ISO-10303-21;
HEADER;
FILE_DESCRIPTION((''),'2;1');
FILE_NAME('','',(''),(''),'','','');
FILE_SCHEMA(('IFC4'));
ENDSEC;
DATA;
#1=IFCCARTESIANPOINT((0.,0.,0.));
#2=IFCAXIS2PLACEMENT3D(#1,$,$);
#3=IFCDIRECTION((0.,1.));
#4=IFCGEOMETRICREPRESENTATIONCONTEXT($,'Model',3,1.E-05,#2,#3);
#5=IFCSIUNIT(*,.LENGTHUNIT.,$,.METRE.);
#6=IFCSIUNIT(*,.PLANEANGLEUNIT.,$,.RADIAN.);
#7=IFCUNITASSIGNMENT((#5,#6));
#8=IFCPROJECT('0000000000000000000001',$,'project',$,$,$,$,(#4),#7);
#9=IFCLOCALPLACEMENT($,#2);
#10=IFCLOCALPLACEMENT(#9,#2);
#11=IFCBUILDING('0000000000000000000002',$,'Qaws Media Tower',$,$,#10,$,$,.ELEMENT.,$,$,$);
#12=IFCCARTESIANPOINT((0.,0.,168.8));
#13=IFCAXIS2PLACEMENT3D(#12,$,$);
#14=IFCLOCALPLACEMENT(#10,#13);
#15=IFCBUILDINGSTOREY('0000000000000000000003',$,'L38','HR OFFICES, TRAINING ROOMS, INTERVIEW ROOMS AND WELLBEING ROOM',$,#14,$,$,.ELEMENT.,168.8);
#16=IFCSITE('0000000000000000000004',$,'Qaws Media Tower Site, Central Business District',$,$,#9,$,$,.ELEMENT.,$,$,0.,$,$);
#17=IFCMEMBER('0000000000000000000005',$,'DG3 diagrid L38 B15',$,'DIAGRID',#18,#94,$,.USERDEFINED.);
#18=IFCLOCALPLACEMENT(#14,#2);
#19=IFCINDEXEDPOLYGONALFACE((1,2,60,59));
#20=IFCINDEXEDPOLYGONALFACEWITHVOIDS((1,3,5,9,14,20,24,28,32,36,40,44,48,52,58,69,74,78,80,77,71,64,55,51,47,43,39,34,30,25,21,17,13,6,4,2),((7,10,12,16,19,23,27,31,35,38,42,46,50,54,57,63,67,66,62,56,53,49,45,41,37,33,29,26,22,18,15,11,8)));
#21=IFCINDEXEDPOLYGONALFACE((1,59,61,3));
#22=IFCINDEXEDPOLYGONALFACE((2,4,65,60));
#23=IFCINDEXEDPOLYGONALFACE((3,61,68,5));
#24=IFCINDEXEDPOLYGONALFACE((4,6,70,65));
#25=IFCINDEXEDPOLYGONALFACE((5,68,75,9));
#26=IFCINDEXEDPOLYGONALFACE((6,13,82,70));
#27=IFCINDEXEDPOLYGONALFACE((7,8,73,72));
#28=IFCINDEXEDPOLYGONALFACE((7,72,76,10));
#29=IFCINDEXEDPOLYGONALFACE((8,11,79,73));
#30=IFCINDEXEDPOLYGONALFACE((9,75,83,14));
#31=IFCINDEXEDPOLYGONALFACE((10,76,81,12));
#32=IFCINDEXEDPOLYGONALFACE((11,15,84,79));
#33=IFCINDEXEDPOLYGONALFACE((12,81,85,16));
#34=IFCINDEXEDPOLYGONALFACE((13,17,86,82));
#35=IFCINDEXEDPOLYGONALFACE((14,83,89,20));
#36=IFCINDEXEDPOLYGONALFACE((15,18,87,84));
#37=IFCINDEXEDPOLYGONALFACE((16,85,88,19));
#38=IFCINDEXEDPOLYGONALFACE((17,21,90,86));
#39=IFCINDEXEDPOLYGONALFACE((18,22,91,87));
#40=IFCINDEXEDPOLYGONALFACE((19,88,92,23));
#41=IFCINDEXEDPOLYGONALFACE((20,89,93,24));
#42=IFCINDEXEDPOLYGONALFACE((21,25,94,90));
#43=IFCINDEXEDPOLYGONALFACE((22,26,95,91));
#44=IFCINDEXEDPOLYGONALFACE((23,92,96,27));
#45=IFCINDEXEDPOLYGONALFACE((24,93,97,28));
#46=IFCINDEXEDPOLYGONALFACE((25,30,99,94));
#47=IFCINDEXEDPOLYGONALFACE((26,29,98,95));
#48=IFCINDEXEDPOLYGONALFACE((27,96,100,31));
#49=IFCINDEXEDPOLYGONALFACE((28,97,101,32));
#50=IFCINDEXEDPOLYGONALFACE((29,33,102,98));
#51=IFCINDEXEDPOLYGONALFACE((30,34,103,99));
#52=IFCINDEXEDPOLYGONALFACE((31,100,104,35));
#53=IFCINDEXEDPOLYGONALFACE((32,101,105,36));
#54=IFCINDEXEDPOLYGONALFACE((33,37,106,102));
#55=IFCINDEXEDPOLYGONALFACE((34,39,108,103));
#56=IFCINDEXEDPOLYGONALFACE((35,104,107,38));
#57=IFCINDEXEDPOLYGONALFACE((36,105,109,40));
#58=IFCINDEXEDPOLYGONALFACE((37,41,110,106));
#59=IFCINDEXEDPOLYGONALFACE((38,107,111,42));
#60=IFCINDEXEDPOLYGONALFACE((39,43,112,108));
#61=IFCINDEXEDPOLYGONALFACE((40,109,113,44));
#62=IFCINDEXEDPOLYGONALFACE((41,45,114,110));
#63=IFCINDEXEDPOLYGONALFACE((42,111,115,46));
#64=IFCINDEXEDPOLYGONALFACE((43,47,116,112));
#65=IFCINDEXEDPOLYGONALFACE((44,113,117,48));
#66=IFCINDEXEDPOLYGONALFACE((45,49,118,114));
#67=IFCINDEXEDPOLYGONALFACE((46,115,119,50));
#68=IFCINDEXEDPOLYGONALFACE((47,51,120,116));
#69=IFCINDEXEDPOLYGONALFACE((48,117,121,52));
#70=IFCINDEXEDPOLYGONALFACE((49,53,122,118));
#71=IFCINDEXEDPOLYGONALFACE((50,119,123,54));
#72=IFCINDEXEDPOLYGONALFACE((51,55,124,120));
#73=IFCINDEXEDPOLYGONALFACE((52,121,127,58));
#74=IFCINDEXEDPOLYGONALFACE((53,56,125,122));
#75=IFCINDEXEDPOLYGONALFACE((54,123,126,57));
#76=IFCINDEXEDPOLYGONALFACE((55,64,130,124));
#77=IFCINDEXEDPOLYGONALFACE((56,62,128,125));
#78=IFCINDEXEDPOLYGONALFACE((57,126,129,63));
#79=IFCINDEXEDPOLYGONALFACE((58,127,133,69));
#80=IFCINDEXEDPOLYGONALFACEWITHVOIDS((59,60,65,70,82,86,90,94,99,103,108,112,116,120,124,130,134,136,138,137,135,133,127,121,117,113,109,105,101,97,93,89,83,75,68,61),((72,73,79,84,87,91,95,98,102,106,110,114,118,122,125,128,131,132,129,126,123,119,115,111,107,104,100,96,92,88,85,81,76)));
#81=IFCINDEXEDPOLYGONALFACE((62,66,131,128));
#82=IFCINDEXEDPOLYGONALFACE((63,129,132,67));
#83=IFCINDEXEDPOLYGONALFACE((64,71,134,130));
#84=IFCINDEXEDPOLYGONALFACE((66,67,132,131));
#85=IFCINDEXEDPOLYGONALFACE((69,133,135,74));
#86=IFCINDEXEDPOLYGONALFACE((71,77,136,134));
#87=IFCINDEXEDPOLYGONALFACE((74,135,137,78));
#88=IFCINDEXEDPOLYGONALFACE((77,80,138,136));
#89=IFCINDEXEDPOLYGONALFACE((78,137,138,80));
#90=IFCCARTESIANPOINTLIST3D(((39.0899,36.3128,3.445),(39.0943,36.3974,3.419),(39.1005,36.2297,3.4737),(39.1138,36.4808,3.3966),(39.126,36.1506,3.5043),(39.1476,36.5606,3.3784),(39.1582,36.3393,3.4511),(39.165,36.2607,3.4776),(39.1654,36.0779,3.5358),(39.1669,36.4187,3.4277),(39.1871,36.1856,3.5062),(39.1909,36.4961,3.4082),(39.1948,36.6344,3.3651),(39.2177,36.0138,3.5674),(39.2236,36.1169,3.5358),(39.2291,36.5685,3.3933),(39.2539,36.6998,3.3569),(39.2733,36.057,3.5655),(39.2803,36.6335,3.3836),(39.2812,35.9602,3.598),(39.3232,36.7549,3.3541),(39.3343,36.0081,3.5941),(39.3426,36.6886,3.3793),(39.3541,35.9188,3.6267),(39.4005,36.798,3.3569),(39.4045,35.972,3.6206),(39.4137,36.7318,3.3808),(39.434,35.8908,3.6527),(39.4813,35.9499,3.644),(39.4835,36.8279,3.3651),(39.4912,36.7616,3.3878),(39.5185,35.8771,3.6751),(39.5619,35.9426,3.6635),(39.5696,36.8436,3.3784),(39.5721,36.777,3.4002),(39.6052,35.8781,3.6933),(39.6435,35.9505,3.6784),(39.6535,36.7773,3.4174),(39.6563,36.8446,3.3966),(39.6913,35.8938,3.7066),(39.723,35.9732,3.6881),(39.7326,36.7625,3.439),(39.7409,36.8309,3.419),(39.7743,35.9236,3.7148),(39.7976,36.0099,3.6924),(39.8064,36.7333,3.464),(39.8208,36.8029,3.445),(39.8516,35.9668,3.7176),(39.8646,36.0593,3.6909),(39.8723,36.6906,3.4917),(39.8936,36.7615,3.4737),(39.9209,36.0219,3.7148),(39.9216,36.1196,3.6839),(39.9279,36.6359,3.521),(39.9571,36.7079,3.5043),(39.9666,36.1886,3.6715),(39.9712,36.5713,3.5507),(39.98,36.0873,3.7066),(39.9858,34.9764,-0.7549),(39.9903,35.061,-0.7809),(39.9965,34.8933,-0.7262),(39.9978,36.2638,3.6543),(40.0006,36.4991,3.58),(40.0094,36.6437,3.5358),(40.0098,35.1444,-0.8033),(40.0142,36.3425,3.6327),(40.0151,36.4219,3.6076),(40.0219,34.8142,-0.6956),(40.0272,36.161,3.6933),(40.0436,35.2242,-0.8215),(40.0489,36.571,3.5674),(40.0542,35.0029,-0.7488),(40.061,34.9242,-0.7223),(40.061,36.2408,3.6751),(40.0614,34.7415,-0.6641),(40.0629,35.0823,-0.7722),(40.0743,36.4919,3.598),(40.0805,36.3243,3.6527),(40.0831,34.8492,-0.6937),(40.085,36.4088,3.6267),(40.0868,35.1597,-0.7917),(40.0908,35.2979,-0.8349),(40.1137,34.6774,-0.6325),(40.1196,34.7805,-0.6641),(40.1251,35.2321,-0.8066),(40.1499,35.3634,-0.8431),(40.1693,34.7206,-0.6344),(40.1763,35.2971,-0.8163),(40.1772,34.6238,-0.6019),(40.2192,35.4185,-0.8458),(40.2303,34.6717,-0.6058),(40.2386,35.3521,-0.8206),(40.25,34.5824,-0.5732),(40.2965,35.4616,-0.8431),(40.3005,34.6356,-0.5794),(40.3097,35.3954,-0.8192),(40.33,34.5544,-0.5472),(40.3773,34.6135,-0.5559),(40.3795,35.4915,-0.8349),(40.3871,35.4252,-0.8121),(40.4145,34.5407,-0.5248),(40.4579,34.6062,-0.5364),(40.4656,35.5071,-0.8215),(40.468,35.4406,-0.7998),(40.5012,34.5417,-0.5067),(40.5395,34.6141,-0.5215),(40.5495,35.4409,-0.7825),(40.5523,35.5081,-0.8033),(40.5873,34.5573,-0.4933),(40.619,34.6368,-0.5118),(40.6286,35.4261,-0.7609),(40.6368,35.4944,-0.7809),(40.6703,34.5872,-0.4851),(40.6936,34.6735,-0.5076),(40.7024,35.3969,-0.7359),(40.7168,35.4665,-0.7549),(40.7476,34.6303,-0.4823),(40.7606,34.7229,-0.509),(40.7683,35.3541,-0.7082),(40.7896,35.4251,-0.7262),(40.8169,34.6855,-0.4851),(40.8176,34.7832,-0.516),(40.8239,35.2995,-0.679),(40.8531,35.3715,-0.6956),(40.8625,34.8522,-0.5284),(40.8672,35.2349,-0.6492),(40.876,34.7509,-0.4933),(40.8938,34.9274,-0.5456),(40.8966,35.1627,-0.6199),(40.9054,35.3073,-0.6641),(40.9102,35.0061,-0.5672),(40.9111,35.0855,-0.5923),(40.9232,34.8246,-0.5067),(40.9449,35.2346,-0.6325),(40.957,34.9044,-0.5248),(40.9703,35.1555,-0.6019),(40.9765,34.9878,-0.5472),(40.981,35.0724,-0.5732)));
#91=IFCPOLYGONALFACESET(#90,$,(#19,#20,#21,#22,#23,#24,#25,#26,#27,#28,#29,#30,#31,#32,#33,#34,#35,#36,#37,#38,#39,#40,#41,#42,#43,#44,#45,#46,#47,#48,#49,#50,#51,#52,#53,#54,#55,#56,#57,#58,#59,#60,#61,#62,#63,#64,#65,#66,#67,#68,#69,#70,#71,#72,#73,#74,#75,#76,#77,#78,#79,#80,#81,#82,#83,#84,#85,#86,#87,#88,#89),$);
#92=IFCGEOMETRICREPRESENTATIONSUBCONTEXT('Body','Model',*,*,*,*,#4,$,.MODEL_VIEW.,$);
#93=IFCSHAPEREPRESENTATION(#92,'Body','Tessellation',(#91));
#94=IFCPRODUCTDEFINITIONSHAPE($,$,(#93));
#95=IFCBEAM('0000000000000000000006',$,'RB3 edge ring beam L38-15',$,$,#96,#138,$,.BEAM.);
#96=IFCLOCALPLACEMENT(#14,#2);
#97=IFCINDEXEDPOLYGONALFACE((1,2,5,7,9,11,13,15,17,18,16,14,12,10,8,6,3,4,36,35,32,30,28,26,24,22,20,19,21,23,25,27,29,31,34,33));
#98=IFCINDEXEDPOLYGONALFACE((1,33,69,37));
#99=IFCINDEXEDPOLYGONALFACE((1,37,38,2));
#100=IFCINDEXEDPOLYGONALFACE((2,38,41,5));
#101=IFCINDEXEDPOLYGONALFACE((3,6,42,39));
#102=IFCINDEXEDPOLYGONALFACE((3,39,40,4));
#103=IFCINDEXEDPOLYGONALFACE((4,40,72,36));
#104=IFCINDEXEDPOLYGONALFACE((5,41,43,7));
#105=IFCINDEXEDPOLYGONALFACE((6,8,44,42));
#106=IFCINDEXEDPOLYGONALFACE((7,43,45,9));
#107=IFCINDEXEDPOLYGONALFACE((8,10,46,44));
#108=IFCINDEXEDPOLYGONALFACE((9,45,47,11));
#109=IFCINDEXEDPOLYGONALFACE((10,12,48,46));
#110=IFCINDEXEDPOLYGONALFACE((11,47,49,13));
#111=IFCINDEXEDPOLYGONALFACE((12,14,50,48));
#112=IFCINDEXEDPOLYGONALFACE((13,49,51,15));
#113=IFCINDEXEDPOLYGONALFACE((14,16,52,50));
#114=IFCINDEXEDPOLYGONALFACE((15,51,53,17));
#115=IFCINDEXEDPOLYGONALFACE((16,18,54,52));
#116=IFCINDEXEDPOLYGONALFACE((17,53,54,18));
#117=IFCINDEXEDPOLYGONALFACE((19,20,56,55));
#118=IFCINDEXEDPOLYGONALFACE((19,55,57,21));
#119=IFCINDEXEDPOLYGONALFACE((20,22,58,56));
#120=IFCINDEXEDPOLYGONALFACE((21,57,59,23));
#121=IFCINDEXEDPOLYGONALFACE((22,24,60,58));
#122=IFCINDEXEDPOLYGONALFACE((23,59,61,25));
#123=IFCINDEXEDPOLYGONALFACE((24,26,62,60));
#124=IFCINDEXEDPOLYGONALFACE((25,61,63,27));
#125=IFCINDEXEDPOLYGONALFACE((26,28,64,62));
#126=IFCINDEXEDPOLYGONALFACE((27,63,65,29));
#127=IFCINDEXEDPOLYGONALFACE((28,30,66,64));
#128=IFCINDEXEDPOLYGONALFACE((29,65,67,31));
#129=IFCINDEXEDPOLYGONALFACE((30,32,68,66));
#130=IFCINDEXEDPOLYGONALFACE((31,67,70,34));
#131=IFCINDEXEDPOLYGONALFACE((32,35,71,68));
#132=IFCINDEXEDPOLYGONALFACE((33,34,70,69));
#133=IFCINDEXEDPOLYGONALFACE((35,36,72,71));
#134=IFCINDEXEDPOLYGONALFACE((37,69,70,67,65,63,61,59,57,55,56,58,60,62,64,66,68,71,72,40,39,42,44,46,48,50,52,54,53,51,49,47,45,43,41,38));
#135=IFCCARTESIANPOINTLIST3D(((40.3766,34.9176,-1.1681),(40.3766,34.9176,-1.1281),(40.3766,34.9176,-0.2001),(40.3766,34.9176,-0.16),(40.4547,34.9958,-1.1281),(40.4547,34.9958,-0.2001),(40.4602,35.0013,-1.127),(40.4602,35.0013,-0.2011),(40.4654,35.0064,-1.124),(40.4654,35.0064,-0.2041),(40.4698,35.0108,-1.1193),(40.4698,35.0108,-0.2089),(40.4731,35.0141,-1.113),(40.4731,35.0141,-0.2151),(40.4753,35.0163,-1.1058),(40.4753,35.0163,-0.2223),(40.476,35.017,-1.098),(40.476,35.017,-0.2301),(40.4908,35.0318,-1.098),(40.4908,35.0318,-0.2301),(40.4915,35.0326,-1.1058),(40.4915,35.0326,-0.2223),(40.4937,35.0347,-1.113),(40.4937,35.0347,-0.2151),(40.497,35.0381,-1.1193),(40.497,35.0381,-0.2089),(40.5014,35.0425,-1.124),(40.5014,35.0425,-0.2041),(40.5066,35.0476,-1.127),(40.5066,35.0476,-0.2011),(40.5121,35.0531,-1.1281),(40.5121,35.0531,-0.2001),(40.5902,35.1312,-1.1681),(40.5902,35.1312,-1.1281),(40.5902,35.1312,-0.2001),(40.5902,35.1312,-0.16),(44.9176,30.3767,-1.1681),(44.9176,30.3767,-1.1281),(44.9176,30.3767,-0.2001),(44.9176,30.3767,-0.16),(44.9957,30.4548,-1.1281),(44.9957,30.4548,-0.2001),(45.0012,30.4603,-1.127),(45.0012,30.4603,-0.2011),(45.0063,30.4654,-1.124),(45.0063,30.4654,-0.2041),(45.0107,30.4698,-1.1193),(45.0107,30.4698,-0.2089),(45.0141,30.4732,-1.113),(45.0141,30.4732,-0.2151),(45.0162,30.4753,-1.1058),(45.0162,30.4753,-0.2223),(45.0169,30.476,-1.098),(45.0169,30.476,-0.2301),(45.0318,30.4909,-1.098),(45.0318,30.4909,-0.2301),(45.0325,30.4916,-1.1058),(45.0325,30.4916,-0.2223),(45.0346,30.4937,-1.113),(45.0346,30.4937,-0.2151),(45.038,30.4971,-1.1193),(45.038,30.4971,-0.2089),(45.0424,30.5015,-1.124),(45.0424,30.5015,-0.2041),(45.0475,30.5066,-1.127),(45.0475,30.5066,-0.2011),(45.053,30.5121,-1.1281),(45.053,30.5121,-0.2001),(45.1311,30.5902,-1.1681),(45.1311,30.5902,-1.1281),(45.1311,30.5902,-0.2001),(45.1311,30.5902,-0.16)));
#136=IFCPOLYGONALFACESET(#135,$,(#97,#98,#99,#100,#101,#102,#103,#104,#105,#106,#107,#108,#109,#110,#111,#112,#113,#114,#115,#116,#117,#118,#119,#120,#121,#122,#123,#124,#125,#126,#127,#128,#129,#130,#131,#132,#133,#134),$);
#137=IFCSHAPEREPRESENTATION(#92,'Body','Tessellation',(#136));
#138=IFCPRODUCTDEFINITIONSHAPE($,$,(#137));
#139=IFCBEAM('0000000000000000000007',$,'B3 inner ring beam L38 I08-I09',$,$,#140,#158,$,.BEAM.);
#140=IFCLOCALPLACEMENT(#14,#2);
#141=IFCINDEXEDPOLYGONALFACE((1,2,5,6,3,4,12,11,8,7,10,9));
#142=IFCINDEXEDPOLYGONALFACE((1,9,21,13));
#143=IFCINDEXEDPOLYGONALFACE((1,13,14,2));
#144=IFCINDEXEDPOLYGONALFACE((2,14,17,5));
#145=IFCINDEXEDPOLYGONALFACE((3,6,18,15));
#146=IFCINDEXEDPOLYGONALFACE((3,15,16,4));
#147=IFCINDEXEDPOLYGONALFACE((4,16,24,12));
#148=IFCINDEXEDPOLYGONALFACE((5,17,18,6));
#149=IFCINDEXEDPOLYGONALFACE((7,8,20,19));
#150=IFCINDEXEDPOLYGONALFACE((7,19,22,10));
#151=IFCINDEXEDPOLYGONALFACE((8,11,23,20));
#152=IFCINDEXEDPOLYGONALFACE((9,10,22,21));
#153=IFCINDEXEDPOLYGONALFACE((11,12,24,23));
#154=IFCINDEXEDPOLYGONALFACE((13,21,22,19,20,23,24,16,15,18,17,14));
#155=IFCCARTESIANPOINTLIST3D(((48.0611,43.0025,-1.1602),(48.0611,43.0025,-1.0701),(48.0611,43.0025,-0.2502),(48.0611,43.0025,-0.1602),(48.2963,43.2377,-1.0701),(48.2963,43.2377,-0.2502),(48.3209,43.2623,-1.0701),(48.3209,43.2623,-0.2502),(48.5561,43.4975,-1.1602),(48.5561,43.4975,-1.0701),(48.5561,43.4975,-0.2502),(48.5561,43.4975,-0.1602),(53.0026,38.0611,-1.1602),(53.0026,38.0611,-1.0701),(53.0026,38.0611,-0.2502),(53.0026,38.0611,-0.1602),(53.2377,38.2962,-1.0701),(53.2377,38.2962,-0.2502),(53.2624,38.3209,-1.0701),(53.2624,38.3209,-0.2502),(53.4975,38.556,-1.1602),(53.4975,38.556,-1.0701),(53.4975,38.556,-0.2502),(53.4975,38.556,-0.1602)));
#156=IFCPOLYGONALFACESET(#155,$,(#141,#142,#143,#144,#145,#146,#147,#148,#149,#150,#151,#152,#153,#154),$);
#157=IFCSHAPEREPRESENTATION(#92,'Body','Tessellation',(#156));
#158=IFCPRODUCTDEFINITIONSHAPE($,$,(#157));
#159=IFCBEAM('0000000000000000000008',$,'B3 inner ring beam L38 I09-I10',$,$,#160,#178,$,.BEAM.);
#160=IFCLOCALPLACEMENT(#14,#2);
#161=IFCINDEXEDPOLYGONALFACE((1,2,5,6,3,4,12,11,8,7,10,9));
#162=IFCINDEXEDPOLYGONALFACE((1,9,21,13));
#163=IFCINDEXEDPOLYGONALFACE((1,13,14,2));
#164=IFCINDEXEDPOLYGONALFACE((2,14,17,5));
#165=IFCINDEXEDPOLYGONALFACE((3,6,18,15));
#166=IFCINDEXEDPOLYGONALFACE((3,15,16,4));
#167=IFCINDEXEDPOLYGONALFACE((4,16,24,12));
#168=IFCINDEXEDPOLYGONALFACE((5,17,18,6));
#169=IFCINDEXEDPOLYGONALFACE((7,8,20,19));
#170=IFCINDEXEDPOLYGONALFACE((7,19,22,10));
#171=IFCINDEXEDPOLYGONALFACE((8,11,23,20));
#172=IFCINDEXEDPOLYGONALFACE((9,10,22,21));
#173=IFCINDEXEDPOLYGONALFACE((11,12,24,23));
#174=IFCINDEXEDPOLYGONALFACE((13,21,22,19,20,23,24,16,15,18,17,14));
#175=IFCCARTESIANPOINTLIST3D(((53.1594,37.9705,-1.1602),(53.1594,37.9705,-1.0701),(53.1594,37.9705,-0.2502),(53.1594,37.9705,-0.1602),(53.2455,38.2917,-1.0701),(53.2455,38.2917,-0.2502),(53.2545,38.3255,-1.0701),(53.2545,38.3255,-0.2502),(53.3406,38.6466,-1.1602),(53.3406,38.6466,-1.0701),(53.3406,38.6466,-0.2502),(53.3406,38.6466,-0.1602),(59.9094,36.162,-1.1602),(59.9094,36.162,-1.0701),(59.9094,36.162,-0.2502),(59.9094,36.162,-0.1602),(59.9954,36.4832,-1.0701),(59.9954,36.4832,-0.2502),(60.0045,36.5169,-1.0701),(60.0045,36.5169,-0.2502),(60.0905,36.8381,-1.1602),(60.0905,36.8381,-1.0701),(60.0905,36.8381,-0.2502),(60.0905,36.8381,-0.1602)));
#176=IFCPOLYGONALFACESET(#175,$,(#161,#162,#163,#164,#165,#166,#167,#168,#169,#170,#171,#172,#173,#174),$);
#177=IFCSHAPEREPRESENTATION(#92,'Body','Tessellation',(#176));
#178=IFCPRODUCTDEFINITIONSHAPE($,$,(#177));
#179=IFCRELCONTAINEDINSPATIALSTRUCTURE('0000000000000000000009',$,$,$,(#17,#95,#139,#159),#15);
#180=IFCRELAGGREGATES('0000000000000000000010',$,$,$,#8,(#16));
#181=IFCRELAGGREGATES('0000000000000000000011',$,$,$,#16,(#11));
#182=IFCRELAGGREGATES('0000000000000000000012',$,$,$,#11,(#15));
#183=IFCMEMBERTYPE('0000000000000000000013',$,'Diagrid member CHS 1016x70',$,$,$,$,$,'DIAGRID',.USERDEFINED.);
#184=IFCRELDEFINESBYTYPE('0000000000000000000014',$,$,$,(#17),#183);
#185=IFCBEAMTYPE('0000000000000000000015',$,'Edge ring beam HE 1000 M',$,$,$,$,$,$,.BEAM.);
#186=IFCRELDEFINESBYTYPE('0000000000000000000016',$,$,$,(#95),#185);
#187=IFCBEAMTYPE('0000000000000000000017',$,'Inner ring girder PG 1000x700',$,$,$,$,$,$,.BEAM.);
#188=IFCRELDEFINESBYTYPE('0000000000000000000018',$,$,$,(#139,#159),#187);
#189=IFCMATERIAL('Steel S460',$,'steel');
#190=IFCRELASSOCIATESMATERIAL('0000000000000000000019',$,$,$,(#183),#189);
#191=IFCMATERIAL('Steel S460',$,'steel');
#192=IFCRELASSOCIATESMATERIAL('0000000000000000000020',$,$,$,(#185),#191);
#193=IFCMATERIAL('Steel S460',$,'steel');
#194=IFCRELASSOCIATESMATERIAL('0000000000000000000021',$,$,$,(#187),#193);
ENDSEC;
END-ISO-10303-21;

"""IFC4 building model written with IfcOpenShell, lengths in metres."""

from ifc_helpers import new_model, si_unit, direction, frame, origin, origin_2d, place, context, subcontext, project, spatial, hollow_circle, i_section, extrude, material, material_profile, profile_set, type_object, element, save


model = new_model("IFC4")

# Units and contexts
model_context = context("Model", 3, precision=1e-05, world=origin(), true_north=direction((0.0, 1.0)))
body_context = subcontext(model_context, "Body", "Model", "MODEL_VIEW")
ifc_project = project(units=[si_unit("LENGTHUNIT", "METRE"), si_unit("PLANEANGLEUNIT", "RADIAN")], contexts=[model_context])

# Site, building, storey
site_placement = place(None, origin())
site = spatial("IfcSite", under=ifc_project, at=site_placement, Name="Qaws Media Tower Site, Central Business District", CompositionType="ELEMENT", RefElevation=0.0)
building_placement = place(site_placement, origin())
building = spatial("IfcBuilding", under=site, at=building_placement, Name="Qaws Media Tower", CompositionType="ELEMENT")
storey_placement = place(building_placement, frame((0.0, 0.0, 168.8)))
storey = spatial("IfcBuildingStorey", under=building, at=storey_placement, Name="L38", Description="HR OFFICES, TRAINING ROOMS, INTERVIEW ROOMS AND WELLBEING ROOM", CompositionType="ELEMENT", Elevation=168.8)

# Member
ifc_material_1 = material(Name="Steel S460", Category="steel")
ifc_material_profile_1 = material_profile(ifc_material_1, hollow_circle(Radius=0.5081, WallThickness=0.0701, at=origin_2d()), Name="CHS 1016x70")
ifc_profile_set_1 = profile_set([ifc_material_profile_1], Name="Steel S460")
member_type_1 = type_object("IfcMemberType", Name="Diagrid member CHS 1016x70", ElementType="DIAGRID", PredefinedType="USERDEFINED", material=ifc_profile_set_1)
for number, where, z_axis, x_axis, name in (
    (1, (40.4834, 35.0244, -0.6641), (-0.199216, 0.297142, 0.93382), (-0.8306, -0.556869, 0.0), "DG3 diagrid L38 B15"),
):
    element("IfcMember", number, at=place(storey_placement, frame(where, z_axis=z_axis, x_axis=x_axis)), inside=storey, type_object=member_type_1, Name=name, ObjectType="DIAGRID", PredefinedType="USERDEFINED", context=body_context, shape_type="SweptSolid", body=[
        extrude(hollow_circle(Radius=0.5081, WallThickness=0.0701, at=origin_2d()), origin(), (0.0, 0.0, 1.0), 4.4976),
    ])

# Beams
ifc_material_2 = material(Name="Steel S460", Category="steel")
ifc_material_profile_2 = material_profile(ifc_material_2, i_section(OverallWidth=0.302, OverallDepth=1.0081, WebThickness=0.021, FlangeThickness=0.04, FilletRadius=0.03, at=origin_2d()), Name="HE 1000 M")
ifc_profile_set_2 = profile_set([ifc_material_profile_2], Name="Steel S460")
beam_type_1 = type_object("IfcBeamType", Name="Edge ring beam HE 1000 M", PredefinedType="BEAM", material=ifc_profile_set_2)
beam_1_placement = place(storey_placement, frame((40.4834, 35.0244, -0.6641), z_axis=(0.707107, -0.707107, 0.0), x_axis=(0.707107, 0.707107, 0.0)))
element("IfcBeam", 2, at=beam_1_placement, inside=storey, type_object=beam_type_1, Name="RB3 edge ring beam L38-15", PredefinedType="BEAM", context=body_context, shape_type="SweptSolid", body=[
    extrude(i_section(OverallWidth=0.302, OverallDepth=1.0081, WebThickness=0.021, FlangeThickness=0.04, FilletRadius=0.03, at=origin_2d()), origin(), (0.0, 0.0, 1.0), 6.4219),
])
ifc_material_3 = material(Name="Steel S460", Category="steel")
ifc_material_profile_3 = material_profile(ifc_material_3, i_section(OverallWidth=0.7, OverallDepth=1.0, WebThickness=0.0349, FlangeThickness=0.0901, at=origin_2d()), Name="PG 1000x700")
ifc_profile_set_3 = profile_set([ifc_material_profile_3], Name="Steel S460")
beam_type_2 = type_object("IfcBeamType", Name="Inner ring girder PG 1000x700", PredefinedType="BEAM", material=ifc_profile_set_3)
beam_2_placement = place(storey_placement, frame((48.3086, 43.25, -0.6602), z_axis=(0.707107, -0.707107, 0.0), x_axis=(0.707107, 0.707107, 0.0)))
element("IfcBeam", 3, at=beam_2_placement, inside=storey, type_object=beam_type_2, Name="B3 inner ring beam L38 I08-I09", PredefinedType="BEAM", context=body_context, shape_type="SweptSolid", body=[
    extrude(i_section(OverallWidth=0.7, OverallDepth=1.0, WebThickness=0.0349, FlangeThickness=0.0901, at=origin_2d()), origin(), (0.0, 0.0, 1.0), 6.9883),
])
beam_3_placement = place(storey_placement, frame((53.25, 38.3086, -0.6602), z_axis=(0.965928, -0.258811, 0.0), x_axis=(0.258811, 0.965928, 0.0)))
element("IfcBeam", 4, at=beam_3_placement, inside=storey, type_object=beam_type_2, Name="B3 inner ring beam L38 I09-I10", PredefinedType="BEAM", context=body_context, shape_type="SweptSolid", body=[
    extrude(i_section(OverallWidth=0.7, OverallDepth=1.0, WebThickness=0.0349, FlangeThickness=0.0901, at=origin_2d()), origin(), (0.0, 0.0, 1.0), 6.988),
])

save(model, "model.ifc")
